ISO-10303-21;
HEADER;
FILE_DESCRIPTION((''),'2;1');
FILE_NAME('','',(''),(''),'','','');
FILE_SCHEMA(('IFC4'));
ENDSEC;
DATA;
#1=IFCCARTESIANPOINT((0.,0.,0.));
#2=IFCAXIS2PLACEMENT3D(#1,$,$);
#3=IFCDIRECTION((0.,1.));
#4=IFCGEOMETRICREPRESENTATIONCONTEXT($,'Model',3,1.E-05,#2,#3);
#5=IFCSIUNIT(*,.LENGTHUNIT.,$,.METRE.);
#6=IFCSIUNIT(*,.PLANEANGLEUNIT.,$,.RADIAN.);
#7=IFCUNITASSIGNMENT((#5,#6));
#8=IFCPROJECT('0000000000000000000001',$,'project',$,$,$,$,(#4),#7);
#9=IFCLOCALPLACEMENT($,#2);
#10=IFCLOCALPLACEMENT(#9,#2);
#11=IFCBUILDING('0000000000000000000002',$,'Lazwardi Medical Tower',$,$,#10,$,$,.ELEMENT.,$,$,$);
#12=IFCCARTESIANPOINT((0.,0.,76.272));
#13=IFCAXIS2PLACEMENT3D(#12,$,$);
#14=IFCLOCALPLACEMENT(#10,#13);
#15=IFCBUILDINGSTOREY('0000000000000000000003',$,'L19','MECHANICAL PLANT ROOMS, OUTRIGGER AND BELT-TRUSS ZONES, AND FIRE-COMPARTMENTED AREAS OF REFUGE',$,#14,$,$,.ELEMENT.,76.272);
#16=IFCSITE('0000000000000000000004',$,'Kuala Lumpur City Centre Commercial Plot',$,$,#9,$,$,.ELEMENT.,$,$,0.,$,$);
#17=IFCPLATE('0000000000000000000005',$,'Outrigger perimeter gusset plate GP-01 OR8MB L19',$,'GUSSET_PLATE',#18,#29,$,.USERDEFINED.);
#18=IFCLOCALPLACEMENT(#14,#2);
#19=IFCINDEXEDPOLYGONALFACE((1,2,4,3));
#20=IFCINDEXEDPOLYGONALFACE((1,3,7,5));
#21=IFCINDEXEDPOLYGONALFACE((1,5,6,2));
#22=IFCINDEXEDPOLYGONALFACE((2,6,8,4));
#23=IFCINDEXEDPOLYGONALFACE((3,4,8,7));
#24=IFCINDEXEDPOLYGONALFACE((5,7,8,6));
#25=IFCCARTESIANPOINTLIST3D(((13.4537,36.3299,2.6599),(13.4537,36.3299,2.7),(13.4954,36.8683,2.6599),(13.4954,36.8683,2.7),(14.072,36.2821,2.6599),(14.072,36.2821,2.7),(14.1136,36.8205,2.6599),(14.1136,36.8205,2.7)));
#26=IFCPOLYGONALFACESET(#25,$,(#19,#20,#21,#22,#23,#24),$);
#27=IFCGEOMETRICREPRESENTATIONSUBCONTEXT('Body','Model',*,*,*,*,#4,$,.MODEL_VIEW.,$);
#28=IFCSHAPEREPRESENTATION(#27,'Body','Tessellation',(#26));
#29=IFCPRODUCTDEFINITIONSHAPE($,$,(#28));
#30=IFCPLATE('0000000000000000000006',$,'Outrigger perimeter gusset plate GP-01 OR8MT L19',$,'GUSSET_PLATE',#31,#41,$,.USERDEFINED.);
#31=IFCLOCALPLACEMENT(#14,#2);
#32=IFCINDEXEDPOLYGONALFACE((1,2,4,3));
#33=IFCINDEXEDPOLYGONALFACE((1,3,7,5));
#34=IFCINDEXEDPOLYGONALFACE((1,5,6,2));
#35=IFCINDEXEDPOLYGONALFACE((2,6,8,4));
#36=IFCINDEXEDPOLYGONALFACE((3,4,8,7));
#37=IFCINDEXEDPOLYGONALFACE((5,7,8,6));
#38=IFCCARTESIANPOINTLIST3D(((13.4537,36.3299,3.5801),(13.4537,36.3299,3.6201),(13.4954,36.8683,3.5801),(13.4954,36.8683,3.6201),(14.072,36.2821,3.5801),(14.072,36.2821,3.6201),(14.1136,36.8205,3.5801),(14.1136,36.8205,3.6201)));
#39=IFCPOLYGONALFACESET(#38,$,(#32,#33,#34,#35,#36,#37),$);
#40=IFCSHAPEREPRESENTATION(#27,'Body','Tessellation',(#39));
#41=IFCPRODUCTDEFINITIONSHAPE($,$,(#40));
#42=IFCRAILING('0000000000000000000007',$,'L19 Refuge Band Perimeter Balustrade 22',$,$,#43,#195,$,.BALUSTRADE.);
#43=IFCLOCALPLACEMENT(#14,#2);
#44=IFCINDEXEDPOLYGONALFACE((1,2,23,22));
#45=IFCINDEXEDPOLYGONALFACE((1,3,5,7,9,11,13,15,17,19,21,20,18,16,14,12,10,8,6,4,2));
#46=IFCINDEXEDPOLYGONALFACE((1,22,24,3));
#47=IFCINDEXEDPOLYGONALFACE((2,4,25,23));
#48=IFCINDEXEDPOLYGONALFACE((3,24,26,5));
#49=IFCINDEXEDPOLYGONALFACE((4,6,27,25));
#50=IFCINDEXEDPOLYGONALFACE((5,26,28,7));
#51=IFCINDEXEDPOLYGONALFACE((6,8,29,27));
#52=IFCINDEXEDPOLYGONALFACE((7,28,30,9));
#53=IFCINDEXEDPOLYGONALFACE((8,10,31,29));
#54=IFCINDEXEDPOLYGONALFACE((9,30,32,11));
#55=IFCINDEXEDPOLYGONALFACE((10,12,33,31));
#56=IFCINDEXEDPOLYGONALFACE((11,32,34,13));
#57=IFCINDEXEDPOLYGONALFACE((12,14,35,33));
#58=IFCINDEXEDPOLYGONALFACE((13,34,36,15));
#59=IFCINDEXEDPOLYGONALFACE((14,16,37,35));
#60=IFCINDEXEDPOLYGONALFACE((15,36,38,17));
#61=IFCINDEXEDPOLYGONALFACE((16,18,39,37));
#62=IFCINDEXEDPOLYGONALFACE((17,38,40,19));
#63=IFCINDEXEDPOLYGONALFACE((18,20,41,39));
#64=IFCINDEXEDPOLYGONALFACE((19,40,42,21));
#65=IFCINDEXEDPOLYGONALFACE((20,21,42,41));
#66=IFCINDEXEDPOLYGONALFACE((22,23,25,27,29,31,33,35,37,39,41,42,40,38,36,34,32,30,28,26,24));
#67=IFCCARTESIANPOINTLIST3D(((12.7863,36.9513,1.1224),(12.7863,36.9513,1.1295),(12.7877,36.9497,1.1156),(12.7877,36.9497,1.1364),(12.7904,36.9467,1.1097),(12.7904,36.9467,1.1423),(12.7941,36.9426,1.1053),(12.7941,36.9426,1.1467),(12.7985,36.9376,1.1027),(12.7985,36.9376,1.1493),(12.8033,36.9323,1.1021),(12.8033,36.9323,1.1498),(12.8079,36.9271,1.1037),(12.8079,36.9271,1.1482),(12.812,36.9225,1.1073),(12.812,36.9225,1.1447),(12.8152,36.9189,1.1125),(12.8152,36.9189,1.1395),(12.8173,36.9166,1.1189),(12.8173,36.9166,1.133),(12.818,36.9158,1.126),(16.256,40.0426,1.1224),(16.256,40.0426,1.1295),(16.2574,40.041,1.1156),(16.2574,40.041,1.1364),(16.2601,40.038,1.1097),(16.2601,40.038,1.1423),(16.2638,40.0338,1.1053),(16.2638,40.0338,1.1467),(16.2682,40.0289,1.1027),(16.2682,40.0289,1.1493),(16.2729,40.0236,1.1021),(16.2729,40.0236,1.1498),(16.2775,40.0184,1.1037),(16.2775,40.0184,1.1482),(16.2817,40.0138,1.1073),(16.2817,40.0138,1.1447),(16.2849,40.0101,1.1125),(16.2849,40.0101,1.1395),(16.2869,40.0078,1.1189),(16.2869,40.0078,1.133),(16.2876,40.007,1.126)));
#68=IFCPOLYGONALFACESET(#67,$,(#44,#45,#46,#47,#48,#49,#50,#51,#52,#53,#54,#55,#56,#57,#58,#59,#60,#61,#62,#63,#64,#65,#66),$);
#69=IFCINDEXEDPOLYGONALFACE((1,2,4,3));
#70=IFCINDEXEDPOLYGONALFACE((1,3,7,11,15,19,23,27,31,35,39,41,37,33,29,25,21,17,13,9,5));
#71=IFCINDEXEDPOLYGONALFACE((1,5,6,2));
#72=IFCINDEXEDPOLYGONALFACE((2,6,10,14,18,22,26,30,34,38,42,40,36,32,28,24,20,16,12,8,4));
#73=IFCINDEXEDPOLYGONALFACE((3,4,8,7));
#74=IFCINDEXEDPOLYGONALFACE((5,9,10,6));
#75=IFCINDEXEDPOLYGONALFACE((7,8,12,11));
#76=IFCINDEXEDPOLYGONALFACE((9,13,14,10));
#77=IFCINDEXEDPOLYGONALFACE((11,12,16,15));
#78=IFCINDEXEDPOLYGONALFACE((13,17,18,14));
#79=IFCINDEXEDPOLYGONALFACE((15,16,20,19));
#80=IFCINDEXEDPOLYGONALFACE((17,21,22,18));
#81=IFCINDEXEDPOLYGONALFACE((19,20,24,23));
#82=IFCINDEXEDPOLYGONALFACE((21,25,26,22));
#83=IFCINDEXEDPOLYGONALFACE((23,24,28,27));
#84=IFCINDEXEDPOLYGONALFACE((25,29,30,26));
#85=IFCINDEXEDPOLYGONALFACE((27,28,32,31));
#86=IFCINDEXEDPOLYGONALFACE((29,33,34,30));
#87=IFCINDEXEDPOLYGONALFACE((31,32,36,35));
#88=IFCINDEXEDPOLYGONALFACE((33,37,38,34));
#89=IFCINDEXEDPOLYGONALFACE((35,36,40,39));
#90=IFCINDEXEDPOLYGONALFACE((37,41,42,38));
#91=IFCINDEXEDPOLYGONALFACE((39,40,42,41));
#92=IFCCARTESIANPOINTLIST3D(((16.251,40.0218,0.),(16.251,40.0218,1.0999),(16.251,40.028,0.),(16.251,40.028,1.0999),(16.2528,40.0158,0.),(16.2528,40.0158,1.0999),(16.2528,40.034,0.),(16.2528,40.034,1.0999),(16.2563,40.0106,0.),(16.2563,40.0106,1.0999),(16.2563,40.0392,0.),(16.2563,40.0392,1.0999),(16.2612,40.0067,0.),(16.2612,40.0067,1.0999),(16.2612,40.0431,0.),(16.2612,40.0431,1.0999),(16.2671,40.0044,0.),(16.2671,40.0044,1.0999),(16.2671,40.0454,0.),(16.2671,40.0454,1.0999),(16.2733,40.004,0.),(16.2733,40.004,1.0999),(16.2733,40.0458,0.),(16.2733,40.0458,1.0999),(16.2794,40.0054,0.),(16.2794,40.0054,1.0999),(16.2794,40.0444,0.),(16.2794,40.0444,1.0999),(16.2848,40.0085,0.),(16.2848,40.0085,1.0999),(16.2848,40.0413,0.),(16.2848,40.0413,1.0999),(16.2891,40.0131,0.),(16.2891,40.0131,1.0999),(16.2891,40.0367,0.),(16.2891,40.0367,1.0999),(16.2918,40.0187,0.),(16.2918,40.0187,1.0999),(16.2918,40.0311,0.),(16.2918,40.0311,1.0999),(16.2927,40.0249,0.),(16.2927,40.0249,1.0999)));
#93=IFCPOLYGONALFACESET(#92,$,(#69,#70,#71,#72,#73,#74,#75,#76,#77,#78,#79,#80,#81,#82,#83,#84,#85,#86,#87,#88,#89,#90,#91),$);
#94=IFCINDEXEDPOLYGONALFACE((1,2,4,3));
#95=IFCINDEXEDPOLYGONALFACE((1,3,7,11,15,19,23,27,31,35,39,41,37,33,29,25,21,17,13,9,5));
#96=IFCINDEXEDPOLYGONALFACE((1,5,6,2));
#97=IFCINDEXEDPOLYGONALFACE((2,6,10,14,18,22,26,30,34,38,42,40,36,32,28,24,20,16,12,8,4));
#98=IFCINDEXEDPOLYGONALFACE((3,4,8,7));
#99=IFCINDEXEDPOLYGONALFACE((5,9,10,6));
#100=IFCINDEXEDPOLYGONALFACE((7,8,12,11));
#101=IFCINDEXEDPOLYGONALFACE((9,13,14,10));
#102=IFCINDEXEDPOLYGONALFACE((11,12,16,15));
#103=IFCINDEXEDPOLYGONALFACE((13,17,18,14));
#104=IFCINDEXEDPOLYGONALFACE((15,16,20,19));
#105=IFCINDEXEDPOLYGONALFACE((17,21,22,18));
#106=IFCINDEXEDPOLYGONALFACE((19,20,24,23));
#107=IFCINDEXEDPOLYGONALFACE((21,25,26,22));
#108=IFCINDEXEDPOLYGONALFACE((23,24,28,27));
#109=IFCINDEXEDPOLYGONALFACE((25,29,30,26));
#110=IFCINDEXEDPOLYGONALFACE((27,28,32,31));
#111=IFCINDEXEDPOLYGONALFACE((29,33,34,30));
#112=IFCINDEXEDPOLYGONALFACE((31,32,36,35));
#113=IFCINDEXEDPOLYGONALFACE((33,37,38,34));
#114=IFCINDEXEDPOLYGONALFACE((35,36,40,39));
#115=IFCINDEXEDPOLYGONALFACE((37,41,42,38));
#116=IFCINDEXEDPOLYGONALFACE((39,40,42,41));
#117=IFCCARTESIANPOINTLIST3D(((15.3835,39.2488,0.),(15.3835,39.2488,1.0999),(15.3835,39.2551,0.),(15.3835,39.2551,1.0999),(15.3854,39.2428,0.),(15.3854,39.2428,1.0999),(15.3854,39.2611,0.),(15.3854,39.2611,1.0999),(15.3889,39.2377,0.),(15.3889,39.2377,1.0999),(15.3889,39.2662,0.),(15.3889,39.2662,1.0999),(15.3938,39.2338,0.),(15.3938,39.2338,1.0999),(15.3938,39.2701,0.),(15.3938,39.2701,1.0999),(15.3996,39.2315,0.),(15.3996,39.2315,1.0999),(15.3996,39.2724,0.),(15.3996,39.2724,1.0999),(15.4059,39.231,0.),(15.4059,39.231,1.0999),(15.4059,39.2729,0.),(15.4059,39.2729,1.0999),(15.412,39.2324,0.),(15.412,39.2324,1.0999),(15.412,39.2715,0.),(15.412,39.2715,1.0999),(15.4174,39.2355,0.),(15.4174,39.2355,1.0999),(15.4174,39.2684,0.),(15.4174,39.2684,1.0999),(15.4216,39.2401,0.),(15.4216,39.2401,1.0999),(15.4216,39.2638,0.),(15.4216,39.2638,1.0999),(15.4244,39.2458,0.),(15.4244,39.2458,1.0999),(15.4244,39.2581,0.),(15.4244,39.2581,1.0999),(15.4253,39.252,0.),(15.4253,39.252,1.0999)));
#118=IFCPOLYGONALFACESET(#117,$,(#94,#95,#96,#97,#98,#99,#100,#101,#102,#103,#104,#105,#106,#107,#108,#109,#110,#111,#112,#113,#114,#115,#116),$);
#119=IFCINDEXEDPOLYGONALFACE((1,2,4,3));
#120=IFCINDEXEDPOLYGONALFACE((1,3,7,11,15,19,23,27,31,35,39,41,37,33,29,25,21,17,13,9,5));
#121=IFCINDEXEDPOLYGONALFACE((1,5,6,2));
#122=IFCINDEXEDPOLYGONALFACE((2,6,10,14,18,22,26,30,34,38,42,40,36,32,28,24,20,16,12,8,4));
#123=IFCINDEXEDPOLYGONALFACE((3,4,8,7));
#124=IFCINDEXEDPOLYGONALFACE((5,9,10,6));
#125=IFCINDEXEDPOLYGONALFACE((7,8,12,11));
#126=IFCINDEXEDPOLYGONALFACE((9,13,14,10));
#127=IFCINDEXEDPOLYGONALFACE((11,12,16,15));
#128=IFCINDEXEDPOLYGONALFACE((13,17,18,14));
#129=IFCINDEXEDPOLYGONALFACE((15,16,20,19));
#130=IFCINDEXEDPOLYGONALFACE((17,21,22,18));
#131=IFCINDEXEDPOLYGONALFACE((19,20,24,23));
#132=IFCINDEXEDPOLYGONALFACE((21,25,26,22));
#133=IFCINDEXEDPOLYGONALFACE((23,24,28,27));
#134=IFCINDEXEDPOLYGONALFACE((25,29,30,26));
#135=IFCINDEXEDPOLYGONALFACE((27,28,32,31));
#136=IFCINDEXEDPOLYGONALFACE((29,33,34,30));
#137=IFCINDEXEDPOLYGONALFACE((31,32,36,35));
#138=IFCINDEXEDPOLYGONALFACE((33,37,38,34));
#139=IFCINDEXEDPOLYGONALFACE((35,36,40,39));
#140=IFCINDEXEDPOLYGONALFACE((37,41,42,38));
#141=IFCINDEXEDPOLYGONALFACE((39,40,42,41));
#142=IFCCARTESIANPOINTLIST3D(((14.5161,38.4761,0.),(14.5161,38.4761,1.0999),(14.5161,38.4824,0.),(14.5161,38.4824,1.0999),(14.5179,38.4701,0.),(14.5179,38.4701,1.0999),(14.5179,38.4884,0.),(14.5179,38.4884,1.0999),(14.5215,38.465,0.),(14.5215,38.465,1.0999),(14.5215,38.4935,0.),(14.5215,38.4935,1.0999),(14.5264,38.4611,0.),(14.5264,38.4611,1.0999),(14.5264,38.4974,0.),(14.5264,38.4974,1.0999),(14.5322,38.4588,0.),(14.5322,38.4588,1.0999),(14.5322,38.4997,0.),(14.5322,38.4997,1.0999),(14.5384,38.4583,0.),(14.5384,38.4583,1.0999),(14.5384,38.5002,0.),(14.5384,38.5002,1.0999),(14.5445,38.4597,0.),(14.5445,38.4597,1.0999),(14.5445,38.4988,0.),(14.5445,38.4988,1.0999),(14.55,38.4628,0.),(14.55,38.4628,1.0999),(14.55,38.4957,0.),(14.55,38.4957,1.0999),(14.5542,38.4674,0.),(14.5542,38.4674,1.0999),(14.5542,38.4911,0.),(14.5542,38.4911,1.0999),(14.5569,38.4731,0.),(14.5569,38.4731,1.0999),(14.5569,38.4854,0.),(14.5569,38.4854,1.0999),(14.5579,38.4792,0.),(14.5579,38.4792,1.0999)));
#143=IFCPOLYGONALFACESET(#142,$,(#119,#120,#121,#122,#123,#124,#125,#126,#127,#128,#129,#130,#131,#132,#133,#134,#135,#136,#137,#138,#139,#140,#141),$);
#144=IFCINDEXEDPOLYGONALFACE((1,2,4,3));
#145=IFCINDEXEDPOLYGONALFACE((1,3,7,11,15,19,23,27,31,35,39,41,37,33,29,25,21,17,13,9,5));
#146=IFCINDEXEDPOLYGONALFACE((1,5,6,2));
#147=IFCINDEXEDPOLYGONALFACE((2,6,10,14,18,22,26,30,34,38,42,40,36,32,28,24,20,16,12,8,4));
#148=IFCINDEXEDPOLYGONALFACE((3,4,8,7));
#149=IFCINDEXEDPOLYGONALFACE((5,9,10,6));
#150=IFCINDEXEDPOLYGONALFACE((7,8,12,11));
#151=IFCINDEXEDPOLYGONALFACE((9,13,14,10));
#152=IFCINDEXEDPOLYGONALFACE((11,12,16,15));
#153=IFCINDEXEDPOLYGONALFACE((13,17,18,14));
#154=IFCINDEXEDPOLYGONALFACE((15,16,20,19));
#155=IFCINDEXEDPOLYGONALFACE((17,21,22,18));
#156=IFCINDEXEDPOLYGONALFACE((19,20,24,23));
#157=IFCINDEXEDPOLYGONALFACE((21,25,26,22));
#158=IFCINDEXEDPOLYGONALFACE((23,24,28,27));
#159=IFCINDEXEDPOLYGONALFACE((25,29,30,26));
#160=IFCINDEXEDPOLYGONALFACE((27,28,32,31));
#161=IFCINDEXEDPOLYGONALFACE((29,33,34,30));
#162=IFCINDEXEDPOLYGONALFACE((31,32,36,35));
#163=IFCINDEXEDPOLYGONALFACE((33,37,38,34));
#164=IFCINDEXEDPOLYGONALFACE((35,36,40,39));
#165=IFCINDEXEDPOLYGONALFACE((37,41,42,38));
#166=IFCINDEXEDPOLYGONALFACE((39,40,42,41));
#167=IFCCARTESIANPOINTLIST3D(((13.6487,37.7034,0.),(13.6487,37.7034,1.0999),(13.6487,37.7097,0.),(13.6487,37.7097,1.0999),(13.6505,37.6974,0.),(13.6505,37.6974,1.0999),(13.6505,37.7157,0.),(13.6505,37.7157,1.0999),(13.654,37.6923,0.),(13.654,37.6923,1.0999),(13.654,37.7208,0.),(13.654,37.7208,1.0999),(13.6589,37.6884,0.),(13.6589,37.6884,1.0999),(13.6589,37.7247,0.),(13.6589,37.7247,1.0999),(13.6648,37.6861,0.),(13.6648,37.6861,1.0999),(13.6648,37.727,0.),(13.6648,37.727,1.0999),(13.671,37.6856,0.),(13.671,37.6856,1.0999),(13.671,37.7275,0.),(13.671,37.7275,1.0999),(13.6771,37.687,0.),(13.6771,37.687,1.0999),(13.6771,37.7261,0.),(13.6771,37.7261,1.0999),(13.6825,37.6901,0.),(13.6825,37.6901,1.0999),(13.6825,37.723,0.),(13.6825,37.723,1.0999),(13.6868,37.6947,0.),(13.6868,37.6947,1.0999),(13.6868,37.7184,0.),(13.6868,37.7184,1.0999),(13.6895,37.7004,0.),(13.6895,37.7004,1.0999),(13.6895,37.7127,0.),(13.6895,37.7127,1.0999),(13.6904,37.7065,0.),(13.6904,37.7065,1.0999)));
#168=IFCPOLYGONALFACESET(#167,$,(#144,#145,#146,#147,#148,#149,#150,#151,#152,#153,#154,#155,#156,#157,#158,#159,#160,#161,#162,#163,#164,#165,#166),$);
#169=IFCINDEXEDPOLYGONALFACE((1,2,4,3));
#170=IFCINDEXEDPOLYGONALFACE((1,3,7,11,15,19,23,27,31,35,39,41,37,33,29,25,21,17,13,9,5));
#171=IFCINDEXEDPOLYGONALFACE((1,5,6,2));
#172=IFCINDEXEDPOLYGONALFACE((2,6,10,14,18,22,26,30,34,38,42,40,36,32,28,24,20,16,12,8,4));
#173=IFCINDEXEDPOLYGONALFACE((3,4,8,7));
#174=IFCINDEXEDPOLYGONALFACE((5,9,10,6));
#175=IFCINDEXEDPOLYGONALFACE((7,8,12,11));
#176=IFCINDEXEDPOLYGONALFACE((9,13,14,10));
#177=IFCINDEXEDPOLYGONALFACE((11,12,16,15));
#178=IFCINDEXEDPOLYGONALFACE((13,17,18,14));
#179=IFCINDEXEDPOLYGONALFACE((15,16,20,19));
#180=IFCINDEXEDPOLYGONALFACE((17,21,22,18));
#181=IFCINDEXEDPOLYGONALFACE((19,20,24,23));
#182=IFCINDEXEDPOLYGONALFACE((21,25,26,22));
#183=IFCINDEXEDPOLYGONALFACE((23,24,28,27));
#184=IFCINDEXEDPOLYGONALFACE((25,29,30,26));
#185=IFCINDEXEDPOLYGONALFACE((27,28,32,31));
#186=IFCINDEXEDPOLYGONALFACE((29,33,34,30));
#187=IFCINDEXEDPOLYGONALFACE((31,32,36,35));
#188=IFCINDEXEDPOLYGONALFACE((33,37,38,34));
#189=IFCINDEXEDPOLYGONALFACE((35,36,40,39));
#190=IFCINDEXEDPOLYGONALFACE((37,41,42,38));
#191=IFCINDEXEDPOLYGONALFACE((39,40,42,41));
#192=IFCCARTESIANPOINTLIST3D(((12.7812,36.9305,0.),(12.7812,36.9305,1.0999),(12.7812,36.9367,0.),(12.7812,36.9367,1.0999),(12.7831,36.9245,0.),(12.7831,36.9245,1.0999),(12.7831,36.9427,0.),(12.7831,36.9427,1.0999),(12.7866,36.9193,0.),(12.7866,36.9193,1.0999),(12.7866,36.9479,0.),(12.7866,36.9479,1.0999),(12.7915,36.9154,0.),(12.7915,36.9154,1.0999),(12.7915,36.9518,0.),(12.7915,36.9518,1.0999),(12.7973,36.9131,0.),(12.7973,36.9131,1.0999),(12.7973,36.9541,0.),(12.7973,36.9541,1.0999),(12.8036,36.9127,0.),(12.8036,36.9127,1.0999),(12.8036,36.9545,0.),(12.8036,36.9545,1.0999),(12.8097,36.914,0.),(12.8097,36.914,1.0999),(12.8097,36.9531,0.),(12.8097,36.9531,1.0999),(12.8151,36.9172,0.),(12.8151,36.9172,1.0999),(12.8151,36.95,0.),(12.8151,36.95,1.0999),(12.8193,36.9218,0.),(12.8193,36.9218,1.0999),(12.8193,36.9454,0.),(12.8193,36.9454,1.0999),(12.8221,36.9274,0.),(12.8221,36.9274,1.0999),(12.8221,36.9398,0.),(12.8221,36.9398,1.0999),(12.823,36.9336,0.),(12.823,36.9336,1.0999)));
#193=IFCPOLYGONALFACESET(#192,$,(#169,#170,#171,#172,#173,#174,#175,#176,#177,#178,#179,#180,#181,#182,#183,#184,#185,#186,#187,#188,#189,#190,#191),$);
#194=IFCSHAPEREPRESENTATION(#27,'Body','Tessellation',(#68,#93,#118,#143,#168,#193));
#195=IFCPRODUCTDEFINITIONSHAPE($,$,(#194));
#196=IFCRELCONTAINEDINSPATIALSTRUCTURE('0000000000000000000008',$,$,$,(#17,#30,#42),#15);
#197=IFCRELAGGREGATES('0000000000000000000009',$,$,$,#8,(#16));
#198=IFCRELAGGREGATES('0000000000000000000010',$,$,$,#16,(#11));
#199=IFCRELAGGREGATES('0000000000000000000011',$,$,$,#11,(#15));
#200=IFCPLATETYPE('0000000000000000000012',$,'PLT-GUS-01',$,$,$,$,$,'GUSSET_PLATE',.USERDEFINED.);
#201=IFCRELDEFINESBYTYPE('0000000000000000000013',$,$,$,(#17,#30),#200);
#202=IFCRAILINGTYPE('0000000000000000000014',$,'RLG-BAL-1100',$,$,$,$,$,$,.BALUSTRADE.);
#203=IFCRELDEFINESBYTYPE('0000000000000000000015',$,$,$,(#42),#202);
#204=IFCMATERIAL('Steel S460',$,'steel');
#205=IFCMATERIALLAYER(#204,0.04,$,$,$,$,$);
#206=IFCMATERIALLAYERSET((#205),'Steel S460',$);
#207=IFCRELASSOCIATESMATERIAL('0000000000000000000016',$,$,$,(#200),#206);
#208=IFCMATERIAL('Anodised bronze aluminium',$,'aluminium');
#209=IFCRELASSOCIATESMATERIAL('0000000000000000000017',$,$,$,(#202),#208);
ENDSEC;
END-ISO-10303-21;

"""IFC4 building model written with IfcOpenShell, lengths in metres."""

from ifc_helpers import new_model, si_unit, direction, frame, origin, origin_2d, place, context, subcontext, project, spatial, rectangle, circle, extrude, material, layer, layer_set, type_object, element, save


model = new_model("IFC4")

# Units and contexts
model_context = context("Model", 3, precision=1e-05, world=origin(), true_north=direction((0.0, 1.0)))
body_context = subcontext(model_context, "Body", "Model", "MODEL_VIEW")
ifc_project = project(units=[si_unit("LENGTHUNIT", "METRE"), si_unit("PLANEANGLEUNIT", "RADIAN")], contexts=[model_context])

# Site, building, storey
site_placement = place(None, origin())
site = spatial("IfcSite", under=ifc_project, at=site_placement, Name="Kuala Lumpur City Centre Commercial Plot", CompositionType="ELEMENT", RefElevation=0.0)
building_placement = place(site_placement, origin())
building = spatial("IfcBuilding", under=site, at=building_placement, Name="Lazwardi Medical Tower", CompositionType="ELEMENT")
storey_placement = place(building_placement, frame((0.0, 0.0, 76.272)))
storey = spatial("IfcBuildingStorey", under=building, at=storey_placement, Name="L19", Description="MECHANICAL PLANT ROOMS, OUTRIGGER AND BELT-TRUSS ZONES, AND FIRE-COMPARTMENTED AREAS OF REFUGE", CompositionType="ELEMENT", Elevation=76.272)

# Shared definitions
ifc_material_1 = material(Name="Steel S460", Category="steel")

# Plates
ifc_layer = layer(ifc_material_1, 0.04)
ifc_layer_set = layer_set([ifc_layer], Name="Steel S460")
plate_type = type_object("IfcPlateType", Name="PLT-GUS-01", ElementType="GUSSET_PLATE", PredefinedType="USERDEFINED", material=ifc_layer_set)
for number, where, z_axis, x_axis, name in (
    (1, (13.7837, 36.5752, 2.6599), (0.0, 0.0, 1.0), (-0.997026, 0.077067, 0.0), "Outrigger perimeter gusset plate GP-01 OR8MB L19"),
    (2, (13.7837, 36.5752, 3.5801), (0.0, 0.0, 1.0), (-0.997026, 0.077067, 0.0), "Outrigger perimeter gusset plate GP-01 OR8MT L19"),
):
    element("IfcPlate", number, at=place(storey_placement, frame(where, z_axis=z_axis, x_axis=x_axis)), inside=storey, type_object=plate_type, Name=name, ObjectType="GUSSET_PLATE", PredefinedType="USERDEFINED", context=body_context, shape_type="SweptSolid", body=[
        extrude(rectangle(XDim=0.6201, YDim=0.54, at=origin_2d()), origin(), (0.0, 0.0, 1.0), 0.04),
    ])

# Railing
ifc_material_2 = material(Name="Anodised bronze aluminium", Category="aluminium")
railing_type = type_object("IfcRailingType", Name="RLG-BAL-1100", PredefinedType="BALUSTRADE", material=ifc_material_2)
railing_1_placement = place(storey_placement, frame((16.2717, 40.0249, 0.0)))
element("IfcRailing", 3, at=railing_1_placement, inside=storey, type_object=railing_type, Name="L19 Refuge Band Perimeter Balustrade 22", PredefinedType="BALUSTRADE", context=body_context, shape_type="SweptSolid", body=[
    extrude(circle(Radius=0.0239, at=origin_2d()), frame((0.0, 0.0, 1.126), z_axis=(-0.746649, -0.665218, 0.0), x_axis=(0.665218, -0.746649, 0.0)), (0.0, 0.0, 1.0), 4.647),
    extrude(circle(Radius=0.021, at=origin_2d()), origin(), (0.0, 0.0, 1.0), 1.0999),
    extrude(circle(Radius=0.021, at=origin_2d()), frame((-0.8674, -0.7729, 0.0)), (0.0, 0.0, 1.0), 1.0999),
    extrude(circle(Radius=0.021, at=origin_2d()), frame((-1.7349, -1.5457, 0.0)), (0.0, 0.0, 1.0), 1.0999),
    extrude(circle(Radius=0.021, at=origin_2d()), frame((-2.6023, -2.3184, 0.0)), (0.0, 0.0, 1.0), 1.0999),
    extrude(circle(Radius=0.021, at=origin_2d()), frame((-3.4697, -3.0913, 0.0)), (0.0, 0.0, 1.0), 1.0999),
])

save(model, "model.ifc")
